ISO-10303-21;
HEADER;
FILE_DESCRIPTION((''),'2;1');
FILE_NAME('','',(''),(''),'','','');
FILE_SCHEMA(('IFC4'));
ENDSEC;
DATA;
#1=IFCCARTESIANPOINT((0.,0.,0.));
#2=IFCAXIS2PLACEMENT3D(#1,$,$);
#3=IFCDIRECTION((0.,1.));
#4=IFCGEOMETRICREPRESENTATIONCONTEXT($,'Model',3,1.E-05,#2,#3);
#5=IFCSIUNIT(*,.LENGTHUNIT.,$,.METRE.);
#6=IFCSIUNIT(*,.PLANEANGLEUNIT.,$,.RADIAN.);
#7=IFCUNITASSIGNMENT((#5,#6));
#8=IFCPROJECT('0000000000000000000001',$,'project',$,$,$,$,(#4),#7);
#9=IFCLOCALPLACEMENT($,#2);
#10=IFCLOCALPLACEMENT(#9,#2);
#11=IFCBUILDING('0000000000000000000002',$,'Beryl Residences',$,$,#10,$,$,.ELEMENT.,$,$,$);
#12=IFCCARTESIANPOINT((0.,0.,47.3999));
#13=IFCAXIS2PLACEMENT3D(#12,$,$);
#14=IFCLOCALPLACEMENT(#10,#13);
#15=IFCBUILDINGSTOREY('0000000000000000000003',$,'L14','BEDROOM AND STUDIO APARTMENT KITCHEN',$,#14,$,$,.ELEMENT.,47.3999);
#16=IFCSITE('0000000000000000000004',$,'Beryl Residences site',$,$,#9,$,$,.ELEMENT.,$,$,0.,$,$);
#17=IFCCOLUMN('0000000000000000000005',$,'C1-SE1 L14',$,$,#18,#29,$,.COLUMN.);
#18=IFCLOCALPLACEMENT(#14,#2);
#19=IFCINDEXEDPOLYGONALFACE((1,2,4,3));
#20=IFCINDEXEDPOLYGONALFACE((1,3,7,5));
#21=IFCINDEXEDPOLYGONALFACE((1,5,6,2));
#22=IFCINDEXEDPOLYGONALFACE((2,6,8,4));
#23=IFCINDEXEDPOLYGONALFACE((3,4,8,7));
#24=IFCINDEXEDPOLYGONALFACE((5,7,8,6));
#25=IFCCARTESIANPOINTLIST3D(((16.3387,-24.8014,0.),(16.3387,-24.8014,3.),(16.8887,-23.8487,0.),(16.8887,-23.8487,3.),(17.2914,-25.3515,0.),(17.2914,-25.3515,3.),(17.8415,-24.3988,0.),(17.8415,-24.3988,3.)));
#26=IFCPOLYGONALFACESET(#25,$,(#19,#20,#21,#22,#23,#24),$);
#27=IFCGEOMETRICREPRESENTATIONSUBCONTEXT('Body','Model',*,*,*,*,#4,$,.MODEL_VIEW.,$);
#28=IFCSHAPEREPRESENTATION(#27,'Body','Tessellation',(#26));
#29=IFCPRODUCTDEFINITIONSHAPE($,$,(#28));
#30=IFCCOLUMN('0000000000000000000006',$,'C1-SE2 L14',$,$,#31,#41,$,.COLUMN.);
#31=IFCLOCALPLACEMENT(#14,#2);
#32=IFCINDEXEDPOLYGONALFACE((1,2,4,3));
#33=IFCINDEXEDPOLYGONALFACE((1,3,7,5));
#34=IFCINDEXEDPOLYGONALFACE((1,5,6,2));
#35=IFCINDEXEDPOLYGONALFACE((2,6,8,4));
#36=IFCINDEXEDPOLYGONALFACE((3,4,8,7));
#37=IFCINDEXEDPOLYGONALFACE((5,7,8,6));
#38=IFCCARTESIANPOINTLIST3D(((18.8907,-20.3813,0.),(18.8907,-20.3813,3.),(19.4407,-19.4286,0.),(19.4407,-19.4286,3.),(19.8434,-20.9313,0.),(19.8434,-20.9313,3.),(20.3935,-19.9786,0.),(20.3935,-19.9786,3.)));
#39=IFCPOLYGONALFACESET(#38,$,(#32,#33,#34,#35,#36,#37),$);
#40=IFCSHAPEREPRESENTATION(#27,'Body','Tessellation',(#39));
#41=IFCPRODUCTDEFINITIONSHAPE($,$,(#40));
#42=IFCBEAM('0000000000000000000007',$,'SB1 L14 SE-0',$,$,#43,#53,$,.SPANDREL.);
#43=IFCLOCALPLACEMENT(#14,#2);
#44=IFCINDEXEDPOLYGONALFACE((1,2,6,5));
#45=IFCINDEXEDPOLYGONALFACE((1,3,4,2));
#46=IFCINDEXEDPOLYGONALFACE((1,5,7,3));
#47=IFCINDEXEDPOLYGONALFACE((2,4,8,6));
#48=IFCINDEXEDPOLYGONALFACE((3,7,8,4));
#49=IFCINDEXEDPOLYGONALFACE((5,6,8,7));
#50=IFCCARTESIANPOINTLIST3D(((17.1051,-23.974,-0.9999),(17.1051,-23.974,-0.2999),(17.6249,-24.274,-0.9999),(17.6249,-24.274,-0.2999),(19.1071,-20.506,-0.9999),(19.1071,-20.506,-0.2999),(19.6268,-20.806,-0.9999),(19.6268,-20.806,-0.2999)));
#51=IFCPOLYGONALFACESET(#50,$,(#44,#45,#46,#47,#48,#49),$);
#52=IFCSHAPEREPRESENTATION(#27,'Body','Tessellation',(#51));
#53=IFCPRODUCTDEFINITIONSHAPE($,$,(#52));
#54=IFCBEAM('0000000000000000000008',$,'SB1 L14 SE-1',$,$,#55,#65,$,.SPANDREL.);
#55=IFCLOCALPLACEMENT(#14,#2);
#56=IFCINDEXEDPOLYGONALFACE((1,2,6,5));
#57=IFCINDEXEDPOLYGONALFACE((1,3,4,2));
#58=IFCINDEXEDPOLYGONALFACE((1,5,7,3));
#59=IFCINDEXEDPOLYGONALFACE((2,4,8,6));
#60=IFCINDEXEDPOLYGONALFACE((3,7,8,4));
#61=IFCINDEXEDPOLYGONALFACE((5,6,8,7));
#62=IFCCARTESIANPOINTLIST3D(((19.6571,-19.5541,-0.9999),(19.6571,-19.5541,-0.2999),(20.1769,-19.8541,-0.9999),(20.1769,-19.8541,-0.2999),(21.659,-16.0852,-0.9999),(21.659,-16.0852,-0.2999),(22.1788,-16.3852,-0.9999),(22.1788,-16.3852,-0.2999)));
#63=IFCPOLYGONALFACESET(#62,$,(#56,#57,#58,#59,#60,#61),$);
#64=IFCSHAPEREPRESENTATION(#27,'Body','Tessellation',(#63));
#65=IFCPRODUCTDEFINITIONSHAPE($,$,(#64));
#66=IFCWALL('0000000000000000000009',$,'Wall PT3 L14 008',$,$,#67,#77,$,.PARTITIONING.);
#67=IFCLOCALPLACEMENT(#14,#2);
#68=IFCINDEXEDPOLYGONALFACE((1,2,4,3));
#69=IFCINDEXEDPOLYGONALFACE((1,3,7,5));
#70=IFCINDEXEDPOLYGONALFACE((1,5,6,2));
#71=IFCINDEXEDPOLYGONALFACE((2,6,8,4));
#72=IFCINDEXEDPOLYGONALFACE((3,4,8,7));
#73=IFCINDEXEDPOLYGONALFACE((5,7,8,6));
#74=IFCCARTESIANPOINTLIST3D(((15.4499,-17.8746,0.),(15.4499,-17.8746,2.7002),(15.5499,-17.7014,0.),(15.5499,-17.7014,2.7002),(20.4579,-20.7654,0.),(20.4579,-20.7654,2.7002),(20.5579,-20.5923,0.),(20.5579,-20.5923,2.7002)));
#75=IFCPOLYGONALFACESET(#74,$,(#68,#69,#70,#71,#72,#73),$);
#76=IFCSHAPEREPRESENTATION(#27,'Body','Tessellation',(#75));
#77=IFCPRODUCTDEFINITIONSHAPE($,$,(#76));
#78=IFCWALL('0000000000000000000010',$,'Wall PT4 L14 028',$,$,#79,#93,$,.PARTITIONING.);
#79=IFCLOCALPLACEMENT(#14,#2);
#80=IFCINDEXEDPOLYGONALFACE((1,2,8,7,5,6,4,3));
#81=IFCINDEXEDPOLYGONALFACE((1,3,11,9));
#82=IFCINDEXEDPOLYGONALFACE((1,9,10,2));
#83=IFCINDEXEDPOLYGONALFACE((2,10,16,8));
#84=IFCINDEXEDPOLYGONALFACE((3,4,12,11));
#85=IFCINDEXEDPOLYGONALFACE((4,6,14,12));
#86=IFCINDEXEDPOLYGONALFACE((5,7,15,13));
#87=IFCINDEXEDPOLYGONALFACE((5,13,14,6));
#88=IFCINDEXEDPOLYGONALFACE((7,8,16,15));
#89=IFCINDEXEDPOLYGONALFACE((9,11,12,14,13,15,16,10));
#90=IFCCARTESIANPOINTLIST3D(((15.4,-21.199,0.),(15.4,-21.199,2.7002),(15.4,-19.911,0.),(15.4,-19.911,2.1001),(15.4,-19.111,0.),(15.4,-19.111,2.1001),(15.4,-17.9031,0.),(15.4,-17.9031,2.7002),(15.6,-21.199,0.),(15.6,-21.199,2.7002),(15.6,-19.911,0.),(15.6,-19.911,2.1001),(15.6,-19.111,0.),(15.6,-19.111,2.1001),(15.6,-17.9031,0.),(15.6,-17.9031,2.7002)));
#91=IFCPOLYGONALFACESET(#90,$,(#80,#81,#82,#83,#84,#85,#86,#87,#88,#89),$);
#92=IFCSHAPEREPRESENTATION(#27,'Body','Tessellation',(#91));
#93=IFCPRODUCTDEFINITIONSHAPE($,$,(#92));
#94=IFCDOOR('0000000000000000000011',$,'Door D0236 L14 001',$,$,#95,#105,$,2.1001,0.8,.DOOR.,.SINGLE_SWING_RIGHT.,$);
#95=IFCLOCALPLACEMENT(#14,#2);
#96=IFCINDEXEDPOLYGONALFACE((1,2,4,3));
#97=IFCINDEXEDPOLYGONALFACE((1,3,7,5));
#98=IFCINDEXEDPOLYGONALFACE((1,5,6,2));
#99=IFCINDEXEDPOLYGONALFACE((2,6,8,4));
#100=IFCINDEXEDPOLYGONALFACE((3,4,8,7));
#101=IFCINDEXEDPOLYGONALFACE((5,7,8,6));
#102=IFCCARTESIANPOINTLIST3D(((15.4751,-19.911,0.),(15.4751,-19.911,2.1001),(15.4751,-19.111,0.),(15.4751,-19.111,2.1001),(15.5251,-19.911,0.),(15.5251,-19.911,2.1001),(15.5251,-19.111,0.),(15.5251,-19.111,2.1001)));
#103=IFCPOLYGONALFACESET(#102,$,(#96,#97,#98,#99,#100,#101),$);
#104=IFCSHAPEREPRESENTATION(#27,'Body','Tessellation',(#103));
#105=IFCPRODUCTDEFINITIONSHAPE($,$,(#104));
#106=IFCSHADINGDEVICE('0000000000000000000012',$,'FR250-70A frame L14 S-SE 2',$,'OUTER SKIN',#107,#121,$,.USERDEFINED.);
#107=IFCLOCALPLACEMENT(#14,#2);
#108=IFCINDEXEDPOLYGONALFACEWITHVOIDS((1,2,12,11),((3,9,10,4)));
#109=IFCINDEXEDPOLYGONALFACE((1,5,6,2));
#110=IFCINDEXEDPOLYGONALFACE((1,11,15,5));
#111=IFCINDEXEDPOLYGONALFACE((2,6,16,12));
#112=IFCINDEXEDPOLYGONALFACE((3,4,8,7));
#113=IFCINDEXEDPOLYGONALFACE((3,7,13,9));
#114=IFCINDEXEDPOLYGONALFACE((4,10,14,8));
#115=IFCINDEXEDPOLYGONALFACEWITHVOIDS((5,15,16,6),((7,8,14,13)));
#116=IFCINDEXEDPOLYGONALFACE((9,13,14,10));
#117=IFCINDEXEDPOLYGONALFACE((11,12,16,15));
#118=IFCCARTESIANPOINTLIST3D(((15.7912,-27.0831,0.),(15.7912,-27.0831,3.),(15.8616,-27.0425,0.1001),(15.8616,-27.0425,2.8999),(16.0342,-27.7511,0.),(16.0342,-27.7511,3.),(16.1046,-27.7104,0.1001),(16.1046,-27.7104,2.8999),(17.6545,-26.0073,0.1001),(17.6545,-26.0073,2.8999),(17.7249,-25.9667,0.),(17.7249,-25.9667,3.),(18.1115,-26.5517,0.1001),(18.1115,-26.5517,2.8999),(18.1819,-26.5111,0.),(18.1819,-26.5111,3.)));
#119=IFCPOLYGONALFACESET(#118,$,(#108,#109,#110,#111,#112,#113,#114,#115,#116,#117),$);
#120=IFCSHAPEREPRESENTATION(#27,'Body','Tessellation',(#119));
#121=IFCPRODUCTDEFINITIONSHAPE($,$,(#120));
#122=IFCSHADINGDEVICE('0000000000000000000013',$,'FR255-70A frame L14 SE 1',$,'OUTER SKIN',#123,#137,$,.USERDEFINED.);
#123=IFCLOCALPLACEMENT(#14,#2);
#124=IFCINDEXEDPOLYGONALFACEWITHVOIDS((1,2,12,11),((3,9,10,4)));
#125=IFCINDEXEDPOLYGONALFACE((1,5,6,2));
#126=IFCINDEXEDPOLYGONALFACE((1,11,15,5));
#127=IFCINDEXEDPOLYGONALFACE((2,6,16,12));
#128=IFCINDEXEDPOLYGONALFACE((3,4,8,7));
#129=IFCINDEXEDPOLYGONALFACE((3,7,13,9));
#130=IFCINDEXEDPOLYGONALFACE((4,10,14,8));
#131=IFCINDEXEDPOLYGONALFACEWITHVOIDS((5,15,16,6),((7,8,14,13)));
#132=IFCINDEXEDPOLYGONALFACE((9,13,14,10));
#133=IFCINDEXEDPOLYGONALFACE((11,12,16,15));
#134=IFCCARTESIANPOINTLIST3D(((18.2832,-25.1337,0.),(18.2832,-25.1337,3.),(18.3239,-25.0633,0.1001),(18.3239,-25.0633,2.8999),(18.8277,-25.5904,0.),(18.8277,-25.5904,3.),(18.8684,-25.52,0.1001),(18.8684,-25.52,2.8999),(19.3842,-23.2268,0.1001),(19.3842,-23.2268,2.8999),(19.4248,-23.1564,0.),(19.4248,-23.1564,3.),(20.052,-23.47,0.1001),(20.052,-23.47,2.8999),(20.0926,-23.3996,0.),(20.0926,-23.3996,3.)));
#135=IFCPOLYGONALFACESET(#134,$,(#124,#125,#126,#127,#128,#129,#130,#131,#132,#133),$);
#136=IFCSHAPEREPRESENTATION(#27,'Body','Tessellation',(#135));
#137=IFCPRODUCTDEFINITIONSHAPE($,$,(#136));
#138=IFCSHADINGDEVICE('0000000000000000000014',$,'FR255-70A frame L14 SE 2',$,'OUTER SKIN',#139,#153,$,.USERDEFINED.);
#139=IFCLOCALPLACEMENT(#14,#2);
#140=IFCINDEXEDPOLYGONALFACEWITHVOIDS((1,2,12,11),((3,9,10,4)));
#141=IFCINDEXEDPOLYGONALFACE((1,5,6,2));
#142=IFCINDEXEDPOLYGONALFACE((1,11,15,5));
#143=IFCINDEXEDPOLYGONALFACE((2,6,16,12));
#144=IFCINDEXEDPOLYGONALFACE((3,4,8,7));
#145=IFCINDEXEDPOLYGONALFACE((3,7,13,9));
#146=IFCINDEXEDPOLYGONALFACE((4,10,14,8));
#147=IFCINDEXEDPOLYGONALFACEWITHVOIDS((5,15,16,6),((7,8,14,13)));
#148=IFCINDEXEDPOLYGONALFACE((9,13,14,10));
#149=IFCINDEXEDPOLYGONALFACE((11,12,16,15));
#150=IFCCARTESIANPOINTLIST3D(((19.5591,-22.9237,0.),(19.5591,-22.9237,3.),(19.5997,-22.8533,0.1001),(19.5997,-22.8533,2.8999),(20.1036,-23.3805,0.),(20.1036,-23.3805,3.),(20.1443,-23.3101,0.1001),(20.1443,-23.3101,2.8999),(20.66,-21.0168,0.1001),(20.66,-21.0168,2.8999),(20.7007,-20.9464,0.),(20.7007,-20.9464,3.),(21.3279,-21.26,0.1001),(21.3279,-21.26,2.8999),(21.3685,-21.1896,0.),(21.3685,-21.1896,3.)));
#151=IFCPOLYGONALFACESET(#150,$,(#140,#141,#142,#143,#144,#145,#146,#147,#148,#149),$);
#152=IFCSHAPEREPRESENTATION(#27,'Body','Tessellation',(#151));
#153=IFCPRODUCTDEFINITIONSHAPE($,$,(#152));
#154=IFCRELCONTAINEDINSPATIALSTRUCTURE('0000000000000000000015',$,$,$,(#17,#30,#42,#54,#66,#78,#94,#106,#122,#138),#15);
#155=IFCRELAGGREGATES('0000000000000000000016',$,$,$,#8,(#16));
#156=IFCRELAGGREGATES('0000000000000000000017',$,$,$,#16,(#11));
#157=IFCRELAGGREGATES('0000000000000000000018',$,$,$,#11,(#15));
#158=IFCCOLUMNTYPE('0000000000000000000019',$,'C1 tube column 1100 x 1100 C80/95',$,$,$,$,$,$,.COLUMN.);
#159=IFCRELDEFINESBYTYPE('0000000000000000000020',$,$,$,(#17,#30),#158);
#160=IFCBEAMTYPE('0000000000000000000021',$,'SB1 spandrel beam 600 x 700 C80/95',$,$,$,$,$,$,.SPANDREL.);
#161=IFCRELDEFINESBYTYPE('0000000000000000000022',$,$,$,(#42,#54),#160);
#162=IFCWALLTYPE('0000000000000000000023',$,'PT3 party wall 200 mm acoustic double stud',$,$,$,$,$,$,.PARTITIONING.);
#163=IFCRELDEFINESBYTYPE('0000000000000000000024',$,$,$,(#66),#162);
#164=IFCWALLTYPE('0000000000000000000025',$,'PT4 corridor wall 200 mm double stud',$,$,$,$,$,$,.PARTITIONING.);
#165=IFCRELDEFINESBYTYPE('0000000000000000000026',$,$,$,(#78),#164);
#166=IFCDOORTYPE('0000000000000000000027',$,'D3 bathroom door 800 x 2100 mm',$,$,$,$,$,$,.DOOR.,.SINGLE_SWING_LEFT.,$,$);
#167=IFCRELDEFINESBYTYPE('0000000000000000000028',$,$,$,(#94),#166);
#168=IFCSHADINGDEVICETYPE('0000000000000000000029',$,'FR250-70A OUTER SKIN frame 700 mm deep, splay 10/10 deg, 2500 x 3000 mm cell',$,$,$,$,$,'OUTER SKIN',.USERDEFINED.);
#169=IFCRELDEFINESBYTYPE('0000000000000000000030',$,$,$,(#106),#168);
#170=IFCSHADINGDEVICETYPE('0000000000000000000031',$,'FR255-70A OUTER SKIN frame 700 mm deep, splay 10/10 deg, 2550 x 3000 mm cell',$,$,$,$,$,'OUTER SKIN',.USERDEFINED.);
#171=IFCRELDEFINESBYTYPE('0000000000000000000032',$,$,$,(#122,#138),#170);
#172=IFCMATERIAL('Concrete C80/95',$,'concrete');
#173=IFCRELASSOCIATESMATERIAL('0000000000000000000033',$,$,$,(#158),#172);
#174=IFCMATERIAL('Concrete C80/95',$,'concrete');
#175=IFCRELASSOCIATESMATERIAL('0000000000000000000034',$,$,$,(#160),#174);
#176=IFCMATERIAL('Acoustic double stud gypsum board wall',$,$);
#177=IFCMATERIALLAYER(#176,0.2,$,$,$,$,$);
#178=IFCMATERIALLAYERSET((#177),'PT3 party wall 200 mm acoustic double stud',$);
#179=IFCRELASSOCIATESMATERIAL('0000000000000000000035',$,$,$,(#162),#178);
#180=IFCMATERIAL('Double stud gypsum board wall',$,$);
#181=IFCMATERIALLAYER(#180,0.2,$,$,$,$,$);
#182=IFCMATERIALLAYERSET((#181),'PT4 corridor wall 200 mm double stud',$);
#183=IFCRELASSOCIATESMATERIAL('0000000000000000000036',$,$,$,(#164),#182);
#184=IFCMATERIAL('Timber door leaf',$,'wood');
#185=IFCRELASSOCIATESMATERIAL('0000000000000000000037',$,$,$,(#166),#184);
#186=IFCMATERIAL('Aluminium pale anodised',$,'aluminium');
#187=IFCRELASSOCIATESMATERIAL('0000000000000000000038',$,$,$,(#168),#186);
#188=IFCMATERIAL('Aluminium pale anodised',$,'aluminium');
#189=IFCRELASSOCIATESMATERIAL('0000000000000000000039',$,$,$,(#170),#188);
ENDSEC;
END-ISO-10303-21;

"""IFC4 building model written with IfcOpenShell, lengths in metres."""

from ifc_helpers import new_model, entity, si_unit, direction, frame, frame_2d, origin, origin_2d, place, context, subcontext, project, spatial, rectangle, extrude, source, transform, mapped, material, layer, layer_set, material_profile, profile_set, type_object, type_shapes, element, fill, save


model = new_model("IFC4")

# Units and contexts
model_context = context("Model", 3, precision=1e-05, world=origin(), true_north=direction((0.0, 1.0)))
body_context = subcontext(model_context, "Body", "Model", "MODEL_VIEW")
ifc_project = project(units=[si_unit("LENGTHUNIT", "METRE"), si_unit("PLANEANGLEUNIT", "RADIAN")], contexts=[model_context])

# Site, building, storey
site_placement = place(None, origin())
site = spatial("IfcSite", under=ifc_project, at=site_placement, Name="Beryl Residences site", CompositionType="ELEMENT", RefElevation=0.0)
building_placement = place(site_placement, origin())
building = spatial("IfcBuilding", under=site, at=building_placement, Name="Beryl Residences", CompositionType="ELEMENT")
storey_placement = place(building_placement, frame((0.0, 0.0, 47.3999)))
storey = spatial("IfcBuildingStorey", under=building, at=storey_placement, Name="L14", Description="BEDROOM AND STUDIO APARTMENT KITCHEN", CompositionType="ELEMENT", Elevation=47.3999)

# Columns
ifc_material_1 = material(Name="Concrete C80/95", Category="concrete")
ifc_material_profile_1 = material_profile(ifc_material_1, rectangle(XDim=1.1001, YDim=1.1001, at=origin_2d()))
ifc_profile_set_1 = profile_set([ifc_material_profile_1], Name="Concrete C80/95")
column_type = type_object("IfcColumnType", Name="C1 tube column 1100 x 1100 C80/95", PredefinedType="COLUMN", material=ifc_profile_set_1)
for number, where, z_axis, x_axis, name in (
    (1, (17.0901, -24.6001, 0.0), (0.0, 0.0, 1.0), (0.499985, 0.866034, 0.0), "C1-SE1 L14"),
    (2, (19.6421, -20.1799, 0.0), (0.0, 0.0, 1.0), (0.499985, 0.866034, 0.0), "C1-SE2 L14"),
):
    element("IfcColumn", number, at=place(storey_placement, frame(where, z_axis=z_axis, x_axis=x_axis)), inside=storey, type_object=column_type, Name=name, PredefinedType="COLUMN", context=body_context, shape_type="SweptSolid", body=[
        extrude(rectangle(XDim=1.1001, YDim=1.1001, at=origin_2d()), origin(), (0.0, 0.0, 1.0), 3.0),
    ])

# Beams
ifc_material_2 = material(Name="Concrete C80/95", Category="concrete")
ifc_material_profile_2 = material_profile(ifc_material_2, rectangle(XDim=0.6001, YDim=0.7, at=origin_2d()))
ifc_profile_set_2 = profile_set([ifc_material_profile_2], Name="Concrete C80/95")
beam_type = type_object("IfcBeamType", Name="SB1 spandrel beam 600 x 700 C80/95", PredefinedType="SPANDREL", material=ifc_profile_set_2)
beam_1_placement = place(storey_placement, frame((17.365, -24.124, -0.6499), z_axis=(0.499942, 0.866059, 0.0), x_axis=(-0.866059, 0.499942, 0.0)))
element("IfcBeam", 3, at=beam_1_placement, inside=storey, type_object=beam_type, Name="SB1 L14 SE-0", PredefinedType="SPANDREL", context=body_context, shape_type="SweptSolid", body=[
    extrude(rectangle(XDim=0.6001, YDim=0.7, at=origin_2d()), origin(), (0.0, 0.0, 1.0), 4.0044),
])
beam_2_placement = place(storey_placement, frame((19.917, -19.7041, -0.6499), z_axis=(0.499837, 0.86612, 0.0), x_axis=(-0.86612, 0.499837, 0.0)))
element("IfcBeam", 4, at=beam_2_placement, inside=storey, type_object=beam_type, Name="SB1 L14 SE-1", PredefinedType="SPANDREL", context=body_context, shape_type="SweptSolid", body=[
    extrude(rectangle(XDim=0.6001, YDim=0.7, at=origin_2d()), origin(), (0.0, 0.0, 1.0), 4.0051),
])

# Wall
ifc_material_3 = material(Name="Acoustic double stud gypsum board wall")
ifc_layer_1 = layer(ifc_material_3, 0.2)
ifc_layer_set_1 = layer_set([ifc_layer_1], Name="PT3 party wall 200 mm acoustic double stud")
wall_type_1 = type_object("IfcWallType", Name="PT3 party wall 200 mm acoustic double stud", PredefinedType="PARTITIONING", material=ifc_layer_set_1)
wall_1_placement = place(storey_placement, frame((15.5, -17.7881, 0.0), z_axis=(0.0, 0.0, 1.0), x_axis=(0.866065, -0.499931, 0.0)))
element("IfcWall", 5, at=wall_1_placement, inside=storey, type_object=wall_type_1, Name="Wall PT3 L14 008", PredefinedType="PARTITIONING", context=body_context, shape_type="SweptSolid", body=[
    extrude(rectangle(XDim=5.7825, YDim=0.2, at=frame_2d((2.8911, 0.0))), origin(), (0.0, 0.0, 1.0), 2.7002),
])

# Wall, opening, door
ifc_material_4 = material(Name="Double stud gypsum board wall")
ifc_layer_2 = layer(ifc_material_4, 0.2)
ifc_layer_set_2 = layer_set([ifc_layer_2], Name="PT4 corridor wall 200 mm double stud")
wall_type_2 = type_object("IfcWallType", Name="PT4 corridor wall 200 mm double stud", PredefinedType="PARTITIONING", material=ifc_layer_set_2)
wall_2_placement = place(storey_placement, frame((15.5, -21.199, 0.0), z_axis=(0.0, 0.0, 1.0), x_axis=(0.0, 1.0, 0.0)))
wall_2 = element("IfcWall", 6, at=wall_2_placement, inside=storey, type_object=wall_type_2, Name="Wall PT4 L14 028", PredefinedType="PARTITIONING", context=body_context, shape_type="SweptSolid", body=[
    extrude(rectangle(XDim=3.2959, YDim=0.2, at=frame_2d((1.6479, 0.0))), origin(), (0.0, 0.0, 1.0), 2.7002),
])
opening_1_placement = place(wall_2_placement, frame((1.2881, 0.0, 0.0)))
opening_1 = element("IfcOpeningElement", 7, at=opening_1_placement, cuts=wall_2, PredefinedType="OPENING", context=body_context, shape_type="SweptSolid", body=[
    extrude(rectangle(XDim=0.8, YDim=2.1001, at=frame_2d((0.3999, 1.05))), frame((0.0, 0.1099, 0.0), z_axis=(0.0, -1.0, 0.0), x_axis=(1.0, 0.0, 0.0)), (0.0, 0.0, 1.0), 0.22),
])
ifc_material_5 = material(Name="Timber door leaf", Category="wood")
door_type = type_object("IfcDoorType", Name="D3 bathroom door 800 x 2100 mm", OperationType="SINGLE_SWING_LEFT", PredefinedType="DOOR", material=ifc_material_5)
door_placement = place(opening_1_placement, origin())
door = element("IfcDoor", 8, at=door_placement, inside=storey, type_object=door_type, Name="Door D0236 L14 001", OperationType="SINGLE_SWING_RIGHT", OverallHeight=2.1001, OverallWidth=0.8, PredefinedType="DOOR", context=body_context, shape_type="SweptSolid", body=[
    extrude(rectangle(XDim=0.8, YDim=2.1001, at=frame_2d((0.3999, 1.05))), frame((0.0, 0.0249, 0.0), z_axis=(0.0, -1.0, 0.0), x_axis=(1.0, 0.0, 0.0)), (0.0, 0.0, 1.0), 0.05),
])
fill(opening_1, door)

# Shading devices
ifc_material_6 = material(Name="Aluminium pale anodised", Category="aluminium")
shading_device_type_1 = type_object("IfcShadingDeviceType", Name="FR250-70A OUTER SKIN frame 700 mm deep, splay 10/10 deg, 2500 x 3000 mm cell", ElementType="OUTER SKIN", PredefinedType="USERDEFINED", material=ifc_material_6)
cartesian_point_1 = entity("IfcCartesianPoint", [-1.1165, 0.0])
cartesian_point_2 = entity("IfcCartesianPoint", [-1.0352, 0.1001])
cartesian_point_3 = entity("IfcCartesianPoint", [-1.24, 0.0])
cartesian_point_4 = entity("IfcCartesianPoint", [-1.1587, 0.1001])
shared_shape_1 = source(origin(), body_context, "Body", "SweptSolid", [
    entity("IfcExtrudedAreaSolidTapered", entity("IfcArbitraryProfileDefWithVoids", "AREA", None, entity("IfcPolyline", [cartesian_point_1, entity("IfcCartesianPoint", [1.1165, 0.0]), entity("IfcCartesianPoint", [1.1165, 3.0]), entity("IfcCartesianPoint", [-1.1165, 3.0]), cartesian_point_1]), [entity("IfcPolyline", [cartesian_point_2, entity("IfcCartesianPoint", [1.0352, 0.1001]), entity("IfcCartesianPoint", [1.0352, 2.8999]), entity("IfcCartesianPoint", [-1.0352, 2.8999]), cartesian_point_2])]), entity("IfcAxis2Placement3D", entity("IfcCartesianPoint", [0.0, 0.0, 0.0]), entity("IfcDirection", [0.0, 1.0, 0.0]), entity("IfcDirection", [-1.0, 0.0, 0.0])), entity("IfcDirection", [0.0, 0.0, 1.0]), 0.7, entity("IfcArbitraryProfileDefWithVoids", "AREA", None, entity("IfcPolyline", [cartesian_point_3, entity("IfcCartesianPoint", [1.24, 0.0]), entity("IfcCartesianPoint", [1.24, 3.0]), entity("IfcCartesianPoint", [-1.24, 3.0]), cartesian_point_3]), [entity("IfcPolyline", [cartesian_point_4, entity("IfcCartesianPoint", [1.1587, 0.1001]), entity("IfcCartesianPoint", [1.1587, 2.8999]), entity("IfcCartesianPoint", [-1.1587, 2.8999]), cartesian_point_4])])),
])
type_shapes(shading_device_type_1, [shared_shape_1])
shading_device_placement = place(storey_placement, frame((16.7581, -26.5249, 0.0), z_axis=(0.0, 0.0, 1.0), x_axis=(-0.866025, -0.5, 0.0)))
element("IfcShadingDevice", 9, at=shading_device_placement, inside=storey, type_object=shading_device_type_1, Name="FR250-70A frame L14 S-SE 2", ObjectType="OUTER SKIN", PredefinedType="USERDEFINED", context=body_context, shape_type="MappedRepresentation", body=[
    mapped(shared_shape_1, transform((0.0, 0.0, 0.0))),
])
ifc_material_7 = material(Name="Aluminium pale anodised", Category="aluminium")
shading_device_type_2 = type_object("IfcShadingDeviceType", Name="FR255-70A OUTER SKIN frame 700 mm deep, splay 10/10 deg, 2550 x 3000 mm cell", ElementType="OUTER SKIN", PredefinedType="USERDEFINED", material=ifc_material_7)
cartesian_point_5 = entity("IfcCartesianPoint", [-1.1416, 0.0])
cartesian_point_6 = entity("IfcCartesianPoint", [-1.0603, 0.1001])
cartesian_point_7 = entity("IfcCartesianPoint", [-1.2649, 0.0])
cartesian_point_8 = entity("IfcCartesianPoint", [-1.1836, 0.1001])
shared_shape_2 = source(origin(), body_context, "Body", "SweptSolid", [
    entity("IfcExtrudedAreaSolidTapered", entity("IfcArbitraryProfileDefWithVoids", "AREA", None, entity("IfcPolyline", [cartesian_point_5, entity("IfcCartesianPoint", [1.1416, 0.0]), entity("IfcCartesianPoint", [1.1416, 3.0]), entity("IfcCartesianPoint", [-1.1416, 3.0]), cartesian_point_5]), [entity("IfcPolyline", [cartesian_point_6, entity("IfcCartesianPoint", [1.0603, 0.1001]), entity("IfcCartesianPoint", [1.0603, 2.8999]), entity("IfcCartesianPoint", [-1.0603, 2.8999]), cartesian_point_6])]), entity("IfcAxis2Placement3D", entity("IfcCartesianPoint", [0.0, 0.0, 0.0]), entity("IfcDirection", [0.0, 1.0, 0.0]), entity("IfcDirection", [-1.0, 0.0, 0.0])), entity("IfcDirection", [0.0, 0.0, 1.0]), 0.7, entity("IfcArbitraryProfileDefWithVoids", "AREA", None, entity("IfcPolyline", [cartesian_point_7, entity("IfcCartesianPoint", [1.2649, 0.0]), entity("IfcCartesianPoint", [1.2649, 3.0]), entity("IfcCartesianPoint", [-1.2649, 3.0]), cartesian_point_7]), [entity("IfcPolyline", [cartesian_point_8, entity("IfcCartesianPoint", [1.1836, 0.1001]), entity("IfcCartesianPoint", [1.1836, 2.8999]), entity("IfcCartesianPoint", [-1.1836, 2.8999]), cartesian_point_8])])),
])
type_shapes(shading_device_type_2, [shared_shape_2])
for number, where, z_axis, x_axis, name in (
    (10, (18.854, -24.145, 0.0), (0.0, 0.0, 1.0), (-0.5, -0.866025, 0.0), "FR255-70A frame L14 SE 1"),
    (11, (20.1299, -21.9351, 0.0), (0.0, 0.0, 1.0), (-0.5, -0.866025, 0.0), "FR255-70A frame L14 SE 2"),
):
    element("IfcShadingDevice", number, at=place(storey_placement, frame(where, z_axis=z_axis, x_axis=x_axis)), inside=storey, type_object=shading_device_type_2, Name=name, ObjectType="OUTER SKIN", PredefinedType="USERDEFINED", context=body_context, shape_type="MappedRepresentation", body=[
        mapped(shared_shape_2, transform((0.0, 0.0, 0.0))),
    ])

save(model, "model.ifc")
